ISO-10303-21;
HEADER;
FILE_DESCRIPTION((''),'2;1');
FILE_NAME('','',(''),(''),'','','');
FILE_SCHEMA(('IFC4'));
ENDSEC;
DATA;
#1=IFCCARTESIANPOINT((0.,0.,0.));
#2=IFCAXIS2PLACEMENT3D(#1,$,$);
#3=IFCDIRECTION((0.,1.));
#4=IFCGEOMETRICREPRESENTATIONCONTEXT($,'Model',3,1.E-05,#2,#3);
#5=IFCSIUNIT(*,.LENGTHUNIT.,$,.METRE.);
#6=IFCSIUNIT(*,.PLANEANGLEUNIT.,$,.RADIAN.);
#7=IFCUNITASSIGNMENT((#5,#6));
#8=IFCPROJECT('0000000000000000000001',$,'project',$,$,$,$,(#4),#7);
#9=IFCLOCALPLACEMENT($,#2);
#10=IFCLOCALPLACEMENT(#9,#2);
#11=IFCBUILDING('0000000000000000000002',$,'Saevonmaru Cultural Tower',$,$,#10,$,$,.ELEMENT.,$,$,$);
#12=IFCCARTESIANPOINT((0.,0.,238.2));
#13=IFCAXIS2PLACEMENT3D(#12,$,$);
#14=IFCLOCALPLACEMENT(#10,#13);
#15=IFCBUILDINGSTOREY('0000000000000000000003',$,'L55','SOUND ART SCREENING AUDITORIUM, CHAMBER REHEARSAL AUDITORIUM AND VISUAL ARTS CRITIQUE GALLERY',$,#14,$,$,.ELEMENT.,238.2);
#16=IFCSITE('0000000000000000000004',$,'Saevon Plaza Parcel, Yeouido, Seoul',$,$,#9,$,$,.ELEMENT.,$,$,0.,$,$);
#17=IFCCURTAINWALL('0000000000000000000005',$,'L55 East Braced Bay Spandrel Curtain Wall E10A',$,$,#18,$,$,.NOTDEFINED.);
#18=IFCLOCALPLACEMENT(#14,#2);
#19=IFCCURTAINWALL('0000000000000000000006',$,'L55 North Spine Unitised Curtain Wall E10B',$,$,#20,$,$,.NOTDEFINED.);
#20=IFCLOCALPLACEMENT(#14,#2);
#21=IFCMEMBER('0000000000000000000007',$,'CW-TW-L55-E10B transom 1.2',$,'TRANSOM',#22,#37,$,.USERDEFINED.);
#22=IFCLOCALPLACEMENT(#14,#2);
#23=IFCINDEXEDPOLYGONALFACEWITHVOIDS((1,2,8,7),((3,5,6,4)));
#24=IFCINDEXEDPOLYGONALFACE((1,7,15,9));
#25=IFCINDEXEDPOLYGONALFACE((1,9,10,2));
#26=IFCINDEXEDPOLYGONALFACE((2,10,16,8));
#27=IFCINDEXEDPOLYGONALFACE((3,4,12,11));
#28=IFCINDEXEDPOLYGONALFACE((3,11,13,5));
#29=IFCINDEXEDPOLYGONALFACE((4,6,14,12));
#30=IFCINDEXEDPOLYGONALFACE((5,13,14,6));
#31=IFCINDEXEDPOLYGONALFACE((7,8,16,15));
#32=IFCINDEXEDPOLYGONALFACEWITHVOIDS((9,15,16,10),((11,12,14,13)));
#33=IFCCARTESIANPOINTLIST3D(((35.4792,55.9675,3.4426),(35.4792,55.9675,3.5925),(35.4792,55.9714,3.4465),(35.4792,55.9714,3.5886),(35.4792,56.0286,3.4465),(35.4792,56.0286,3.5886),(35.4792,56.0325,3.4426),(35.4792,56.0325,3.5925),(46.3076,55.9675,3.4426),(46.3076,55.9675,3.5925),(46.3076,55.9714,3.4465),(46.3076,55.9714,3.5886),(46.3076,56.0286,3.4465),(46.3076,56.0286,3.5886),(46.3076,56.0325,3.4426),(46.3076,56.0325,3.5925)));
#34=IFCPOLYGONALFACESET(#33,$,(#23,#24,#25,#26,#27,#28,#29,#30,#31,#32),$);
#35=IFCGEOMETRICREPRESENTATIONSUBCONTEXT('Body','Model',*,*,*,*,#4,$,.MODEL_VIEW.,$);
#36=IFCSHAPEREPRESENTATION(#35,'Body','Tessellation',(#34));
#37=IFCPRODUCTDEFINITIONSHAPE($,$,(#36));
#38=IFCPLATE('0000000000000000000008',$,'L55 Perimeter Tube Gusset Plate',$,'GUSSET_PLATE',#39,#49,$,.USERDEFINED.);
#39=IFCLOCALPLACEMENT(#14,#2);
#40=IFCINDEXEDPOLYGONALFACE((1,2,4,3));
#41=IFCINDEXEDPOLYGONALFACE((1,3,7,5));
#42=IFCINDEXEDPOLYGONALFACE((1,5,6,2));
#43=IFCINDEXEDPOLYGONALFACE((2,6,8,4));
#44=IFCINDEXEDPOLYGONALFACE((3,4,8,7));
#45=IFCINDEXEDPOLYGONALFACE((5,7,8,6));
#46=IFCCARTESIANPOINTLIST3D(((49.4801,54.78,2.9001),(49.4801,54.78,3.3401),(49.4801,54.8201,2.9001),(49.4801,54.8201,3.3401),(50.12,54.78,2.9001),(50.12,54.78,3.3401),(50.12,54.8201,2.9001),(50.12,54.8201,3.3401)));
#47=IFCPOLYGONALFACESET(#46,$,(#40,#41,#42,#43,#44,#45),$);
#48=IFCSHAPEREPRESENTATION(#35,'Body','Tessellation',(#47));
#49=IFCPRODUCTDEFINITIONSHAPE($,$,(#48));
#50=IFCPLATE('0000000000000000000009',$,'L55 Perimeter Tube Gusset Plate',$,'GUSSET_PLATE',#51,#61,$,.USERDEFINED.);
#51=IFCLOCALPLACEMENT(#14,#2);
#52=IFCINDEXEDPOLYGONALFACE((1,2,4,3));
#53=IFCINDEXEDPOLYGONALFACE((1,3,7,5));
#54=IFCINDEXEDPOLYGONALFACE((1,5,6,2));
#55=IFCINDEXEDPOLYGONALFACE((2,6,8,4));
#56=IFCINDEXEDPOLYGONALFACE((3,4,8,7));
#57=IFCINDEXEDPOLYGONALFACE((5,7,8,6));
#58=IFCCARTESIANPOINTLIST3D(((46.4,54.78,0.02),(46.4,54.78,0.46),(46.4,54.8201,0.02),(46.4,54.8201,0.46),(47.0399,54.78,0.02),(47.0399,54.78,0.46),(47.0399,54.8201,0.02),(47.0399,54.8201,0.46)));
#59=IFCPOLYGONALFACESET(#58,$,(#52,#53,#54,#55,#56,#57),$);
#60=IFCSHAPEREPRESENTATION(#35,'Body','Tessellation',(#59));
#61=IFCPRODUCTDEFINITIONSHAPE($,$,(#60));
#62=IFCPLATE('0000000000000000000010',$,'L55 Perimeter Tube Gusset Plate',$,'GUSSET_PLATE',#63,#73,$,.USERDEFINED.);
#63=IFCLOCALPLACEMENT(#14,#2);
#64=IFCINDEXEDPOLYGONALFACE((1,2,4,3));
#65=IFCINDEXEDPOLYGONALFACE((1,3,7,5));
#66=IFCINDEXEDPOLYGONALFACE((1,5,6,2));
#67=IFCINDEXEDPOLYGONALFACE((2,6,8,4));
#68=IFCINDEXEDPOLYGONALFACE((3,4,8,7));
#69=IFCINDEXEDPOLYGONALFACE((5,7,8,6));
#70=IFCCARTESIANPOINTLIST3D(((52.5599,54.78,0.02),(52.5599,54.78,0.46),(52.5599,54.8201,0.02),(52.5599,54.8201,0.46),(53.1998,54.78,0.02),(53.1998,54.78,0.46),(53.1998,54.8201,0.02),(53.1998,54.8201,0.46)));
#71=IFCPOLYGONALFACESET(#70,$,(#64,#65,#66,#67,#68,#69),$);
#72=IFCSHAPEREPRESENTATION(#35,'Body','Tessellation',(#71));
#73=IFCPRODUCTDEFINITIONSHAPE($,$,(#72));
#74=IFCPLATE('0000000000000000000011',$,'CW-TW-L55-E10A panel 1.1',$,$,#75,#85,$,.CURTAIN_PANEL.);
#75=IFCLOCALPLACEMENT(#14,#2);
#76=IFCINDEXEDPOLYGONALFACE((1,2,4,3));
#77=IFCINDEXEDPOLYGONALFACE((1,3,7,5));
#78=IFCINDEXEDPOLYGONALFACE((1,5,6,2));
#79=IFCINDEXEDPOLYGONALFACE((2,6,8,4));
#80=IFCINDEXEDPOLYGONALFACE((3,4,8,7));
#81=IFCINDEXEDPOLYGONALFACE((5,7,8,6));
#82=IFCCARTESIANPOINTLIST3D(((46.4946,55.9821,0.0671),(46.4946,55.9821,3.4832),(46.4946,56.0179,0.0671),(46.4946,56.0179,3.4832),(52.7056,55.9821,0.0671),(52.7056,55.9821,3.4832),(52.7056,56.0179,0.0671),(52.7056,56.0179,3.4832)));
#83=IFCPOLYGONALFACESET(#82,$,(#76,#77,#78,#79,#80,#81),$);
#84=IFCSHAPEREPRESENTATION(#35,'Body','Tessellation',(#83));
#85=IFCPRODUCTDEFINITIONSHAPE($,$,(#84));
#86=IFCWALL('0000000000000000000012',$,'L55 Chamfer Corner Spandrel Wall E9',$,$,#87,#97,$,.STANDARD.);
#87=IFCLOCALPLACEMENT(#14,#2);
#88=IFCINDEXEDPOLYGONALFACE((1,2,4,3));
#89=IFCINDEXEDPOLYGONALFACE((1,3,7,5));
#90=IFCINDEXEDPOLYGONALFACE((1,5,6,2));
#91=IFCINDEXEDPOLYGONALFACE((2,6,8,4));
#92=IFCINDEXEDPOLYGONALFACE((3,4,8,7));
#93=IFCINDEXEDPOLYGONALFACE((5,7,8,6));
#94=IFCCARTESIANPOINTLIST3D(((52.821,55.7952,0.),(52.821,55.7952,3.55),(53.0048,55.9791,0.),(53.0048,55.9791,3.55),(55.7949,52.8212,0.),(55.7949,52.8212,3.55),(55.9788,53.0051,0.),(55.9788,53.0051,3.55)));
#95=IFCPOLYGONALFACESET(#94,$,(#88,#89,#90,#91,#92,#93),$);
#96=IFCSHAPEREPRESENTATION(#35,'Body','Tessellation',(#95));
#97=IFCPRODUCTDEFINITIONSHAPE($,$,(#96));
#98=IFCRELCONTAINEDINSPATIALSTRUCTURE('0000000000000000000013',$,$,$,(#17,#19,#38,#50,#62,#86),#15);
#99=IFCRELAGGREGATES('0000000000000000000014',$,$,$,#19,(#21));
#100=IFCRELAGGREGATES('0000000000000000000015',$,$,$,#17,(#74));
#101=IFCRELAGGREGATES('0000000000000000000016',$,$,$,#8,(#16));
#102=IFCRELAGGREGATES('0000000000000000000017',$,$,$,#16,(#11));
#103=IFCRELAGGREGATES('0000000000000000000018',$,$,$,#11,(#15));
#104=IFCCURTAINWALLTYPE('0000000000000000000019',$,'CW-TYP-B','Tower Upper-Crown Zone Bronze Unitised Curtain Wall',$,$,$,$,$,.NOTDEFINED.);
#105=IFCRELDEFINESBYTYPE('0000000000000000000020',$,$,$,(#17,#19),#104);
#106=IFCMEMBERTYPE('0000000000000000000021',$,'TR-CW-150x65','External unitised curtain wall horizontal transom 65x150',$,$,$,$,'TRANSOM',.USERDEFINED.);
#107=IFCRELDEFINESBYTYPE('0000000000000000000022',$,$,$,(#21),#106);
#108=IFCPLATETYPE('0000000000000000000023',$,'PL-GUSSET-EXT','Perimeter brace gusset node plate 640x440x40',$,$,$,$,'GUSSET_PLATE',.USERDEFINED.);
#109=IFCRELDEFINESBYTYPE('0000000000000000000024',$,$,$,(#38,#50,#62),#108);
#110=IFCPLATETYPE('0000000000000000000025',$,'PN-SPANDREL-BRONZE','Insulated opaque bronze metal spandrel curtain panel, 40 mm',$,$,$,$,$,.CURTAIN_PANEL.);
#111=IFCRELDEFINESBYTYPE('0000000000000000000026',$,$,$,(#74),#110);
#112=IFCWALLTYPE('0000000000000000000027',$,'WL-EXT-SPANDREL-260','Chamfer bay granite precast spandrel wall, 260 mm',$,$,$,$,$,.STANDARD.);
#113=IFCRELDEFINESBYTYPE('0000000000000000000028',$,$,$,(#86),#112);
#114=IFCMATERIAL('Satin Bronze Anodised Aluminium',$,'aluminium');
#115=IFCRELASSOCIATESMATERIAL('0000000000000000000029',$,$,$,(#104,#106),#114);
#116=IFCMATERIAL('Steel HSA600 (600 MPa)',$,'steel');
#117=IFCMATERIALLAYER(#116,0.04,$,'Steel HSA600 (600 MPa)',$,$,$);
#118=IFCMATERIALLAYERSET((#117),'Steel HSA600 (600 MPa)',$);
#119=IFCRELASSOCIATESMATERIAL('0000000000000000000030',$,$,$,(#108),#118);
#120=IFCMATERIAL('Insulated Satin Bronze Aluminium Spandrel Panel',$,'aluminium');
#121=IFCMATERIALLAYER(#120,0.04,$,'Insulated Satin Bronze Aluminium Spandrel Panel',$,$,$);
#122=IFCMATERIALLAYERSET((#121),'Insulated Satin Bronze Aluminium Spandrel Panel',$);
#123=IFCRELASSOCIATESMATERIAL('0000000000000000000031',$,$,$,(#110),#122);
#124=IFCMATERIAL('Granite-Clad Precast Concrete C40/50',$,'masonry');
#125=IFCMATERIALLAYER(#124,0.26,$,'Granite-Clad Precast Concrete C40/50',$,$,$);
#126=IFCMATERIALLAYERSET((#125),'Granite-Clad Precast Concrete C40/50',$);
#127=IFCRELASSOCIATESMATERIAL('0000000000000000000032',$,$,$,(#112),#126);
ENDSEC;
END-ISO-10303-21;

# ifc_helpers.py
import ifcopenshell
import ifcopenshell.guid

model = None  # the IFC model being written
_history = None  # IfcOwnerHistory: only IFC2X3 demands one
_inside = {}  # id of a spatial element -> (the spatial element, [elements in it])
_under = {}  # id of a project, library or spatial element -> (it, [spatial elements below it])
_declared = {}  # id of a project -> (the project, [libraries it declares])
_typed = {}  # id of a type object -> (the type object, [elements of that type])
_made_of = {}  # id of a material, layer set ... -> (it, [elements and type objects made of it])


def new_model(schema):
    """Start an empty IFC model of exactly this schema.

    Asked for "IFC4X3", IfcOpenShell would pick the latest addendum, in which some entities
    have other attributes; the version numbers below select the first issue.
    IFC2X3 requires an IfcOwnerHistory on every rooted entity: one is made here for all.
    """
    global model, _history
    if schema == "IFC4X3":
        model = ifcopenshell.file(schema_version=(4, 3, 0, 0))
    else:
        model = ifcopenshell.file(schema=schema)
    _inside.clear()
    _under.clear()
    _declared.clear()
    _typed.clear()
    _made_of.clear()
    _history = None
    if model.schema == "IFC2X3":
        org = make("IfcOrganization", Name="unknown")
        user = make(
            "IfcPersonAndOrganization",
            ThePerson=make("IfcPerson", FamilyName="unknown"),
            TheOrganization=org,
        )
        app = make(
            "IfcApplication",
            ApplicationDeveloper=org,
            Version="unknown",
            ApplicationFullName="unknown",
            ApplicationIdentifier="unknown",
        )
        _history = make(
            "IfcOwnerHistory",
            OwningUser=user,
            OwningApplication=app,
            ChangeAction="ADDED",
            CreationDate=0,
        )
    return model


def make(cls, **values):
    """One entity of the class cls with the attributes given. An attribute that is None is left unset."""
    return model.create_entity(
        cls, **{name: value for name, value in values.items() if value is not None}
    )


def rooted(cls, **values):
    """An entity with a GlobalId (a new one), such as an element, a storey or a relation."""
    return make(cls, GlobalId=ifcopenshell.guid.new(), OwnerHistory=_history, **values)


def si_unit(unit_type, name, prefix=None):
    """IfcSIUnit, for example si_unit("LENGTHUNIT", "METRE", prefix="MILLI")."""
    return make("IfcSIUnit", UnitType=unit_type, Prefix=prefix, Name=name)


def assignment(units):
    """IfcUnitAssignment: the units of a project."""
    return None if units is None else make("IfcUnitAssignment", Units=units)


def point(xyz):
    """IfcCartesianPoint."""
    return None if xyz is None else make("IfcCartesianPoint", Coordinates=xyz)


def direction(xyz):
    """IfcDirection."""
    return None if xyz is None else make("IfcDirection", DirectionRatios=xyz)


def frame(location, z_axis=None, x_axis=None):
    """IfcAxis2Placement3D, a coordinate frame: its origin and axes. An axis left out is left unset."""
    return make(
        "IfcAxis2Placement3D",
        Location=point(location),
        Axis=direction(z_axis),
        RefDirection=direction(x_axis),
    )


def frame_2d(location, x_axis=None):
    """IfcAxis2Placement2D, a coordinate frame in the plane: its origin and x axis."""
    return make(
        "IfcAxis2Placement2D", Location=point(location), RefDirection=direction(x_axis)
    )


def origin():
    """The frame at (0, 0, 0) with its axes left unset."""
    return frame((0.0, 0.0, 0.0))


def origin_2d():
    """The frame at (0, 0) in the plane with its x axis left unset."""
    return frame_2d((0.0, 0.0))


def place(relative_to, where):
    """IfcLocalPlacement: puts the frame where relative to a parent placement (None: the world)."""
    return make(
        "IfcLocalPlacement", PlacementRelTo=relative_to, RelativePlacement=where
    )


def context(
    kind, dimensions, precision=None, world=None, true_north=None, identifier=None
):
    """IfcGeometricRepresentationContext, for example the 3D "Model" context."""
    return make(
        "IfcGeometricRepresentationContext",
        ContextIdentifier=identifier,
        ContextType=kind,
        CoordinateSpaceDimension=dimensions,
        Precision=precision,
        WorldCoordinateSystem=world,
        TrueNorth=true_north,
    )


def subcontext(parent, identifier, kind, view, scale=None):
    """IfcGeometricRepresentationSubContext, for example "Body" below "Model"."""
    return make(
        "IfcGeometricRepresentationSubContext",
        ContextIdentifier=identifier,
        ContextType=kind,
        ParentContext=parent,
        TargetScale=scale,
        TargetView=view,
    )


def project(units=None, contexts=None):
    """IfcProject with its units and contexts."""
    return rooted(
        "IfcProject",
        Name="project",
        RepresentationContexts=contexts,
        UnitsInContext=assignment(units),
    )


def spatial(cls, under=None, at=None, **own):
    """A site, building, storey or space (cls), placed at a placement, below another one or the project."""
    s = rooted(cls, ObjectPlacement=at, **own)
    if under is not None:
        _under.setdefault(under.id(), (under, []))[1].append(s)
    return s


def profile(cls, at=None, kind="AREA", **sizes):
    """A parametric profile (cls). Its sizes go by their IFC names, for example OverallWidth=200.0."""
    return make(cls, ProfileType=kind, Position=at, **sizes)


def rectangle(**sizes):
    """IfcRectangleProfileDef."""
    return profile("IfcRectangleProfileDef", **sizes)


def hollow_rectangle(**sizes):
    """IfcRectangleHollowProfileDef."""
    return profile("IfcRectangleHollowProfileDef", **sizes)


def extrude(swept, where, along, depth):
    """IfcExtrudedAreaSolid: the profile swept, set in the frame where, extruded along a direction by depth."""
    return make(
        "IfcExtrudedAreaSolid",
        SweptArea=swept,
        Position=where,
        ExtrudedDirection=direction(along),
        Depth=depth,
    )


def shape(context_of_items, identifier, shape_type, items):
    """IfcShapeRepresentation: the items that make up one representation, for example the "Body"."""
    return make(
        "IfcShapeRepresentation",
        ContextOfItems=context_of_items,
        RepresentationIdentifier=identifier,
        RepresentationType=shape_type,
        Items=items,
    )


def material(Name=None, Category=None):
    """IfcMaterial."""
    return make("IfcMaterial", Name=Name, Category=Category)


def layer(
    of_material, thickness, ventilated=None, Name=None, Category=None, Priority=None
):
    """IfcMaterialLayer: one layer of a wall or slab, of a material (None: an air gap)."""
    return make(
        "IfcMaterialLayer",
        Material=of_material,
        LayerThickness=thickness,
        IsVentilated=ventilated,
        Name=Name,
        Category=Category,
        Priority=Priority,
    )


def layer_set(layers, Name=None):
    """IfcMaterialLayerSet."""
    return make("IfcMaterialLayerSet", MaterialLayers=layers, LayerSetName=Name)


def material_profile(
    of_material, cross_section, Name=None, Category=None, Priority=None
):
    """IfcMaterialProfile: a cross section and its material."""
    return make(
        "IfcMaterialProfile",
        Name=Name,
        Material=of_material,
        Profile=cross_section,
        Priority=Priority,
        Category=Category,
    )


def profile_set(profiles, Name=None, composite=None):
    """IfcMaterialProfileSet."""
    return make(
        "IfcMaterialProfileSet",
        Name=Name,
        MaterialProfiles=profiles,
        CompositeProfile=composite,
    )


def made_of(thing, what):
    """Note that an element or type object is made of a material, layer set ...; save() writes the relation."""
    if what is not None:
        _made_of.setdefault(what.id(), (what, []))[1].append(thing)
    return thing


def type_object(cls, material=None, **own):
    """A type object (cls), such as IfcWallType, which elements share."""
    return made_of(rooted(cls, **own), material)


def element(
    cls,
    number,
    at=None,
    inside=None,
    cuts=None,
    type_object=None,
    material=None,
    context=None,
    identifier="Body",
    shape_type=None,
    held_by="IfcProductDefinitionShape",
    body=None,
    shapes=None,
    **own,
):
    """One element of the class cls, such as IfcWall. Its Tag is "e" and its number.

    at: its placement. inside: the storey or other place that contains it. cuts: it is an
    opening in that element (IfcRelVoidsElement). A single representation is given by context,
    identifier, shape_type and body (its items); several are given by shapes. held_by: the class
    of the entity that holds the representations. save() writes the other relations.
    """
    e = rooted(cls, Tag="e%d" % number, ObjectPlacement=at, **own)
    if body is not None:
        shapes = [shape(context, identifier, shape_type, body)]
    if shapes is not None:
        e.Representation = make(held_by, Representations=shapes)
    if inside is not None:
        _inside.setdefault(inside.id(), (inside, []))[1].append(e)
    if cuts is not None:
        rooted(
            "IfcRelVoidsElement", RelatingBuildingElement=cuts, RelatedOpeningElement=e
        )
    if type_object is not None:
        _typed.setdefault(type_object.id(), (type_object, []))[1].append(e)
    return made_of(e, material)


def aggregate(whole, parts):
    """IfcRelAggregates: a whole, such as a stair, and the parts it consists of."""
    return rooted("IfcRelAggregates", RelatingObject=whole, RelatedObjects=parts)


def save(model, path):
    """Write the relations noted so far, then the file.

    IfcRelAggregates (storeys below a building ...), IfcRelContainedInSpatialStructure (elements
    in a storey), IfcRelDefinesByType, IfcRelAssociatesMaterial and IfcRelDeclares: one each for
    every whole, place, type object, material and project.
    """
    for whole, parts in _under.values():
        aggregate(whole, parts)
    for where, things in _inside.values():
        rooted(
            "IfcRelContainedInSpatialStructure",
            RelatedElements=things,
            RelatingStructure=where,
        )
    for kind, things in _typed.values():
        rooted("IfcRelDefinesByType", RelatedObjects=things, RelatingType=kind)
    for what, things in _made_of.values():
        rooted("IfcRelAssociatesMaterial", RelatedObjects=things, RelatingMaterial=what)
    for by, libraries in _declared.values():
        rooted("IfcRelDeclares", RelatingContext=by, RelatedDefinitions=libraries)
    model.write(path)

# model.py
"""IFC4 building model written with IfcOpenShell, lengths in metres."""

from ifc_helpers import new_model, si_unit, direction, frame, frame_2d, origin, origin_2d, place, context, subcontext, project, spatial, rectangle, hollow_rectangle, extrude, material, layer, layer_set, material_profile, profile_set, type_object, element, aggregate, save


model = new_model("IFC4")

# Units and contexts
model_context = context("Model", 3, precision=1e-05, world=origin(), true_north=direction((0.0, 1.0)))
body_context = subcontext(model_context, "Body", "Model", "MODEL_VIEW")
ifc_project = project(units=[si_unit("LENGTHUNIT", "METRE"), si_unit("PLANEANGLEUNIT", "RADIAN")], contexts=[model_context])

# Site, building, storey
site_placement = place(None, origin())
site = spatial("IfcSite", under=ifc_project, at=site_placement, Name="Saevon Plaza Parcel, Yeouido, Seoul", CompositionType="ELEMENT", RefElevation=0.0)
building_placement = place(site_placement, origin())
building = spatial("IfcBuilding", under=site, at=building_placement, Name="Saevonmaru Cultural Tower", CompositionType="ELEMENT")
storey_placement = place(building_placement, frame((0.0, 0.0, 238.2)))
storey = spatial("IfcBuildingStorey", under=building, at=storey_placement, Name="L55", Description="SOUND ART SCREENING AUDITORIUM, CHAMBER REHEARSAL AUDITORIUM AND VISUAL ARTS CRITIQUE GALLERY", CompositionType="ELEMENT", Elevation=238.2)

# Shared definitions
ifc_material_1 = material(Name="Satin Bronze Anodised Aluminium", Category="aluminium")
curtain_wall_type = type_object("IfcCurtainWallType", Name="CW-TYP-B", Description="Tower Upper-Crown Zone Bronze Unitised Curtain Wall", PredefinedType="NOTDEFINED", material=ifc_material_1)

# Curtain wall
curtain_wall_1_placement = place(storey_placement, origin())
curtain_wall_1 = element("IfcCurtainWall", 1, at=curtain_wall_1_placement, inside=storey, type_object=curtain_wall_type, Name="L55 East Braced Bay Spandrel Curtain Wall E10A", PredefinedType="NOTDEFINED")

# Curtain wall
curtain_wall_2_placement = place(storey_placement, origin())
curtain_wall_2 = element("IfcCurtainWall", 2, at=curtain_wall_2_placement, inside=storey, type_object=curtain_wall_type, Name="L55 North Spine Unitised Curtain Wall E10B", PredefinedType="NOTDEFINED")

# Member
ifc_material_profile_1 = material_profile(ifc_material_1, hollow_rectangle(XDim=0.0649, YDim=0.1499, WallThickness=0.0039, at=origin_2d()), Name="ALU-TRAN-150x65x4")
ifc_profile_set_1 = profile_set([ifc_material_profile_1], Name="Satin Bronze Anodised Aluminium")
member_type_1 = type_object("IfcMemberType", Name="TR-CW-150x65", Description="External unitised curtain wall horizontal transom 65x150", ElementType="TRANSOM", PredefinedType="USERDEFINED", material=ifc_profile_set_1)
member_1_placement = place(storey_placement, frame((46.3076, 56.0, 3.5176), z_axis=(-1.0, 0.0, 0.0), x_axis=(0.0, -1.0, 0.0)))
member_1 = element("IfcMember", 3, at=member_1_placement, type_object=member_type_1, Name="CW-TW-L55-E10B transom 1.2", ObjectType="TRANSOM", PredefinedType="USERDEFINED", context=body_context, shape_type="SweptSolid", body=[
    extrude(hollow_rectangle(XDim=0.0649, YDim=0.1499, WallThickness=0.0039, at=origin_2d()), origin(), (0.0, 0.0, 1.0), 10.8284),
])
aggregate(curtain_wall_2, [member_1])

# Plates
ifc_material_2 = material(Name="Steel HSA600 (600 MPa)", Category="steel")
ifc_layer_1 = layer(ifc_material_2, 0.04, Name="Steel HSA600 (600 MPa)")
ifc_layer_set_1 = layer_set([ifc_layer_1], Name="Steel HSA600 (600 MPa)")
plate_type_1 = type_object("IfcPlateType", Name="PL-GUSSET-EXT", Description="Perimeter brace gusset node plate 640x440x40", ElementType="GUSSET_PLATE", PredefinedType="USERDEFINED", material=ifc_layer_set_1)
for number, where, z_axis, x_axis, name in (
    (4, (49.8, 54.8, 2.9001), (0.0, 0.0, 1.0), (1.0, 0.0, 0.0), "L55 Perimeter Tube Gusset Plate"),
    (5, (46.72, 54.8, 0.02), (0.0, 0.0, 1.0), (1.0, 0.0, 0.0), "L55 Perimeter Tube Gusset Plate"),
    (6, (52.8799, 54.8, 0.02), (0.0, 0.0, 1.0), (1.0, 0.0, 0.0), "L55 Perimeter Tube Gusset Plate"),
):
    element("IfcPlate", number, at=place(storey_placement, frame(where, z_axis=z_axis, x_axis=x_axis)), inside=storey, type_object=plate_type_1, Name=name, ObjectType="GUSSET_PLATE", PredefinedType="USERDEFINED", context=body_context, shape_type="SweptSolid", body=[
        extrude(rectangle(XDim=0.6399, YDim=0.04, at=origin_2d()), origin(), (0.0, 0.0, 1.0), 0.4399),
    ])

# Plate
ifc_material_3 = material(Name="Insulated Satin Bronze Aluminium Spandrel Panel", Category="aluminium")
ifc_layer_2 = layer(ifc_material_3, 0.04, Name="Insulated Satin Bronze Aluminium Spandrel Panel")
ifc_layer_set_2 = layer_set([ifc_layer_2], Name="Insulated Satin Bronze Aluminium Spandrel Panel")
plate_type_2 = type_object("IfcPlateType", Name="PN-SPANDREL-BRONZE", Description="Insulated opaque bronze metal spandrel curtain panel, 40 mm", PredefinedType="CURTAIN_PANEL", material=ifc_layer_set_2)
plate_placement = place(storey_placement, frame((49.6001, 56.0, 0.0671), z_axis=(0.0, 0.0, 1.0), x_axis=(-1.0, 0.0, 0.0)))
plate = element("IfcPlate", 7, at=plate_placement, type_object=plate_type_2, Name="CW-TW-L55-E10A panel 1.1", PredefinedType="CURTAIN_PANEL", context=body_context, shape_type="SweptSolid", body=[
    extrude(rectangle(XDim=6.2109, YDim=0.0359, at=origin_2d()), origin(), (0.0, 0.0, 1.0), 3.416),
])
aggregate(curtain_wall_1, [plate])

# Wall
ifc_material_4 = material(Name="Granite-Clad Precast Concrete C40/50", Category="masonry")
ifc_layer_3 = layer(ifc_material_4, 0.26, Name="Granite-Clad Precast Concrete C40/50")
ifc_layer_set_3 = layer_set([ifc_layer_3], Name="Granite-Clad Precast Concrete C40/50")
wall_type_1 = type_object("IfcWallType", Name="WL-EXT-SPANDREL-260", Description="Chamfer bay granite precast spandrel wall, 260 mm", PredefinedType="STANDARD", material=ifc_layer_set_3)
wall_1_placement = place(storey_placement, frame((55.887, 52.9131, 0.0), z_axis=(0.0, 0.0, 1.0), x_axis=(-0.707107, 0.707107, 0.0)))
element("IfcWall", 8, at=wall_1_placement, inside=storey, type_object=wall_type_1, Name="L55 Chamfer Corner Spandrel Wall E9", PredefinedType="STANDARD", context=body_context, shape_type="SweptSolid", body=[
    extrude(rectangle(XDim=4.2058, YDim=0.26, at=frame_2d((2.103, 0.0))), origin(), (0.0, 0.0, 1.0), 3.55),
])

save(model, "model.ifc")
